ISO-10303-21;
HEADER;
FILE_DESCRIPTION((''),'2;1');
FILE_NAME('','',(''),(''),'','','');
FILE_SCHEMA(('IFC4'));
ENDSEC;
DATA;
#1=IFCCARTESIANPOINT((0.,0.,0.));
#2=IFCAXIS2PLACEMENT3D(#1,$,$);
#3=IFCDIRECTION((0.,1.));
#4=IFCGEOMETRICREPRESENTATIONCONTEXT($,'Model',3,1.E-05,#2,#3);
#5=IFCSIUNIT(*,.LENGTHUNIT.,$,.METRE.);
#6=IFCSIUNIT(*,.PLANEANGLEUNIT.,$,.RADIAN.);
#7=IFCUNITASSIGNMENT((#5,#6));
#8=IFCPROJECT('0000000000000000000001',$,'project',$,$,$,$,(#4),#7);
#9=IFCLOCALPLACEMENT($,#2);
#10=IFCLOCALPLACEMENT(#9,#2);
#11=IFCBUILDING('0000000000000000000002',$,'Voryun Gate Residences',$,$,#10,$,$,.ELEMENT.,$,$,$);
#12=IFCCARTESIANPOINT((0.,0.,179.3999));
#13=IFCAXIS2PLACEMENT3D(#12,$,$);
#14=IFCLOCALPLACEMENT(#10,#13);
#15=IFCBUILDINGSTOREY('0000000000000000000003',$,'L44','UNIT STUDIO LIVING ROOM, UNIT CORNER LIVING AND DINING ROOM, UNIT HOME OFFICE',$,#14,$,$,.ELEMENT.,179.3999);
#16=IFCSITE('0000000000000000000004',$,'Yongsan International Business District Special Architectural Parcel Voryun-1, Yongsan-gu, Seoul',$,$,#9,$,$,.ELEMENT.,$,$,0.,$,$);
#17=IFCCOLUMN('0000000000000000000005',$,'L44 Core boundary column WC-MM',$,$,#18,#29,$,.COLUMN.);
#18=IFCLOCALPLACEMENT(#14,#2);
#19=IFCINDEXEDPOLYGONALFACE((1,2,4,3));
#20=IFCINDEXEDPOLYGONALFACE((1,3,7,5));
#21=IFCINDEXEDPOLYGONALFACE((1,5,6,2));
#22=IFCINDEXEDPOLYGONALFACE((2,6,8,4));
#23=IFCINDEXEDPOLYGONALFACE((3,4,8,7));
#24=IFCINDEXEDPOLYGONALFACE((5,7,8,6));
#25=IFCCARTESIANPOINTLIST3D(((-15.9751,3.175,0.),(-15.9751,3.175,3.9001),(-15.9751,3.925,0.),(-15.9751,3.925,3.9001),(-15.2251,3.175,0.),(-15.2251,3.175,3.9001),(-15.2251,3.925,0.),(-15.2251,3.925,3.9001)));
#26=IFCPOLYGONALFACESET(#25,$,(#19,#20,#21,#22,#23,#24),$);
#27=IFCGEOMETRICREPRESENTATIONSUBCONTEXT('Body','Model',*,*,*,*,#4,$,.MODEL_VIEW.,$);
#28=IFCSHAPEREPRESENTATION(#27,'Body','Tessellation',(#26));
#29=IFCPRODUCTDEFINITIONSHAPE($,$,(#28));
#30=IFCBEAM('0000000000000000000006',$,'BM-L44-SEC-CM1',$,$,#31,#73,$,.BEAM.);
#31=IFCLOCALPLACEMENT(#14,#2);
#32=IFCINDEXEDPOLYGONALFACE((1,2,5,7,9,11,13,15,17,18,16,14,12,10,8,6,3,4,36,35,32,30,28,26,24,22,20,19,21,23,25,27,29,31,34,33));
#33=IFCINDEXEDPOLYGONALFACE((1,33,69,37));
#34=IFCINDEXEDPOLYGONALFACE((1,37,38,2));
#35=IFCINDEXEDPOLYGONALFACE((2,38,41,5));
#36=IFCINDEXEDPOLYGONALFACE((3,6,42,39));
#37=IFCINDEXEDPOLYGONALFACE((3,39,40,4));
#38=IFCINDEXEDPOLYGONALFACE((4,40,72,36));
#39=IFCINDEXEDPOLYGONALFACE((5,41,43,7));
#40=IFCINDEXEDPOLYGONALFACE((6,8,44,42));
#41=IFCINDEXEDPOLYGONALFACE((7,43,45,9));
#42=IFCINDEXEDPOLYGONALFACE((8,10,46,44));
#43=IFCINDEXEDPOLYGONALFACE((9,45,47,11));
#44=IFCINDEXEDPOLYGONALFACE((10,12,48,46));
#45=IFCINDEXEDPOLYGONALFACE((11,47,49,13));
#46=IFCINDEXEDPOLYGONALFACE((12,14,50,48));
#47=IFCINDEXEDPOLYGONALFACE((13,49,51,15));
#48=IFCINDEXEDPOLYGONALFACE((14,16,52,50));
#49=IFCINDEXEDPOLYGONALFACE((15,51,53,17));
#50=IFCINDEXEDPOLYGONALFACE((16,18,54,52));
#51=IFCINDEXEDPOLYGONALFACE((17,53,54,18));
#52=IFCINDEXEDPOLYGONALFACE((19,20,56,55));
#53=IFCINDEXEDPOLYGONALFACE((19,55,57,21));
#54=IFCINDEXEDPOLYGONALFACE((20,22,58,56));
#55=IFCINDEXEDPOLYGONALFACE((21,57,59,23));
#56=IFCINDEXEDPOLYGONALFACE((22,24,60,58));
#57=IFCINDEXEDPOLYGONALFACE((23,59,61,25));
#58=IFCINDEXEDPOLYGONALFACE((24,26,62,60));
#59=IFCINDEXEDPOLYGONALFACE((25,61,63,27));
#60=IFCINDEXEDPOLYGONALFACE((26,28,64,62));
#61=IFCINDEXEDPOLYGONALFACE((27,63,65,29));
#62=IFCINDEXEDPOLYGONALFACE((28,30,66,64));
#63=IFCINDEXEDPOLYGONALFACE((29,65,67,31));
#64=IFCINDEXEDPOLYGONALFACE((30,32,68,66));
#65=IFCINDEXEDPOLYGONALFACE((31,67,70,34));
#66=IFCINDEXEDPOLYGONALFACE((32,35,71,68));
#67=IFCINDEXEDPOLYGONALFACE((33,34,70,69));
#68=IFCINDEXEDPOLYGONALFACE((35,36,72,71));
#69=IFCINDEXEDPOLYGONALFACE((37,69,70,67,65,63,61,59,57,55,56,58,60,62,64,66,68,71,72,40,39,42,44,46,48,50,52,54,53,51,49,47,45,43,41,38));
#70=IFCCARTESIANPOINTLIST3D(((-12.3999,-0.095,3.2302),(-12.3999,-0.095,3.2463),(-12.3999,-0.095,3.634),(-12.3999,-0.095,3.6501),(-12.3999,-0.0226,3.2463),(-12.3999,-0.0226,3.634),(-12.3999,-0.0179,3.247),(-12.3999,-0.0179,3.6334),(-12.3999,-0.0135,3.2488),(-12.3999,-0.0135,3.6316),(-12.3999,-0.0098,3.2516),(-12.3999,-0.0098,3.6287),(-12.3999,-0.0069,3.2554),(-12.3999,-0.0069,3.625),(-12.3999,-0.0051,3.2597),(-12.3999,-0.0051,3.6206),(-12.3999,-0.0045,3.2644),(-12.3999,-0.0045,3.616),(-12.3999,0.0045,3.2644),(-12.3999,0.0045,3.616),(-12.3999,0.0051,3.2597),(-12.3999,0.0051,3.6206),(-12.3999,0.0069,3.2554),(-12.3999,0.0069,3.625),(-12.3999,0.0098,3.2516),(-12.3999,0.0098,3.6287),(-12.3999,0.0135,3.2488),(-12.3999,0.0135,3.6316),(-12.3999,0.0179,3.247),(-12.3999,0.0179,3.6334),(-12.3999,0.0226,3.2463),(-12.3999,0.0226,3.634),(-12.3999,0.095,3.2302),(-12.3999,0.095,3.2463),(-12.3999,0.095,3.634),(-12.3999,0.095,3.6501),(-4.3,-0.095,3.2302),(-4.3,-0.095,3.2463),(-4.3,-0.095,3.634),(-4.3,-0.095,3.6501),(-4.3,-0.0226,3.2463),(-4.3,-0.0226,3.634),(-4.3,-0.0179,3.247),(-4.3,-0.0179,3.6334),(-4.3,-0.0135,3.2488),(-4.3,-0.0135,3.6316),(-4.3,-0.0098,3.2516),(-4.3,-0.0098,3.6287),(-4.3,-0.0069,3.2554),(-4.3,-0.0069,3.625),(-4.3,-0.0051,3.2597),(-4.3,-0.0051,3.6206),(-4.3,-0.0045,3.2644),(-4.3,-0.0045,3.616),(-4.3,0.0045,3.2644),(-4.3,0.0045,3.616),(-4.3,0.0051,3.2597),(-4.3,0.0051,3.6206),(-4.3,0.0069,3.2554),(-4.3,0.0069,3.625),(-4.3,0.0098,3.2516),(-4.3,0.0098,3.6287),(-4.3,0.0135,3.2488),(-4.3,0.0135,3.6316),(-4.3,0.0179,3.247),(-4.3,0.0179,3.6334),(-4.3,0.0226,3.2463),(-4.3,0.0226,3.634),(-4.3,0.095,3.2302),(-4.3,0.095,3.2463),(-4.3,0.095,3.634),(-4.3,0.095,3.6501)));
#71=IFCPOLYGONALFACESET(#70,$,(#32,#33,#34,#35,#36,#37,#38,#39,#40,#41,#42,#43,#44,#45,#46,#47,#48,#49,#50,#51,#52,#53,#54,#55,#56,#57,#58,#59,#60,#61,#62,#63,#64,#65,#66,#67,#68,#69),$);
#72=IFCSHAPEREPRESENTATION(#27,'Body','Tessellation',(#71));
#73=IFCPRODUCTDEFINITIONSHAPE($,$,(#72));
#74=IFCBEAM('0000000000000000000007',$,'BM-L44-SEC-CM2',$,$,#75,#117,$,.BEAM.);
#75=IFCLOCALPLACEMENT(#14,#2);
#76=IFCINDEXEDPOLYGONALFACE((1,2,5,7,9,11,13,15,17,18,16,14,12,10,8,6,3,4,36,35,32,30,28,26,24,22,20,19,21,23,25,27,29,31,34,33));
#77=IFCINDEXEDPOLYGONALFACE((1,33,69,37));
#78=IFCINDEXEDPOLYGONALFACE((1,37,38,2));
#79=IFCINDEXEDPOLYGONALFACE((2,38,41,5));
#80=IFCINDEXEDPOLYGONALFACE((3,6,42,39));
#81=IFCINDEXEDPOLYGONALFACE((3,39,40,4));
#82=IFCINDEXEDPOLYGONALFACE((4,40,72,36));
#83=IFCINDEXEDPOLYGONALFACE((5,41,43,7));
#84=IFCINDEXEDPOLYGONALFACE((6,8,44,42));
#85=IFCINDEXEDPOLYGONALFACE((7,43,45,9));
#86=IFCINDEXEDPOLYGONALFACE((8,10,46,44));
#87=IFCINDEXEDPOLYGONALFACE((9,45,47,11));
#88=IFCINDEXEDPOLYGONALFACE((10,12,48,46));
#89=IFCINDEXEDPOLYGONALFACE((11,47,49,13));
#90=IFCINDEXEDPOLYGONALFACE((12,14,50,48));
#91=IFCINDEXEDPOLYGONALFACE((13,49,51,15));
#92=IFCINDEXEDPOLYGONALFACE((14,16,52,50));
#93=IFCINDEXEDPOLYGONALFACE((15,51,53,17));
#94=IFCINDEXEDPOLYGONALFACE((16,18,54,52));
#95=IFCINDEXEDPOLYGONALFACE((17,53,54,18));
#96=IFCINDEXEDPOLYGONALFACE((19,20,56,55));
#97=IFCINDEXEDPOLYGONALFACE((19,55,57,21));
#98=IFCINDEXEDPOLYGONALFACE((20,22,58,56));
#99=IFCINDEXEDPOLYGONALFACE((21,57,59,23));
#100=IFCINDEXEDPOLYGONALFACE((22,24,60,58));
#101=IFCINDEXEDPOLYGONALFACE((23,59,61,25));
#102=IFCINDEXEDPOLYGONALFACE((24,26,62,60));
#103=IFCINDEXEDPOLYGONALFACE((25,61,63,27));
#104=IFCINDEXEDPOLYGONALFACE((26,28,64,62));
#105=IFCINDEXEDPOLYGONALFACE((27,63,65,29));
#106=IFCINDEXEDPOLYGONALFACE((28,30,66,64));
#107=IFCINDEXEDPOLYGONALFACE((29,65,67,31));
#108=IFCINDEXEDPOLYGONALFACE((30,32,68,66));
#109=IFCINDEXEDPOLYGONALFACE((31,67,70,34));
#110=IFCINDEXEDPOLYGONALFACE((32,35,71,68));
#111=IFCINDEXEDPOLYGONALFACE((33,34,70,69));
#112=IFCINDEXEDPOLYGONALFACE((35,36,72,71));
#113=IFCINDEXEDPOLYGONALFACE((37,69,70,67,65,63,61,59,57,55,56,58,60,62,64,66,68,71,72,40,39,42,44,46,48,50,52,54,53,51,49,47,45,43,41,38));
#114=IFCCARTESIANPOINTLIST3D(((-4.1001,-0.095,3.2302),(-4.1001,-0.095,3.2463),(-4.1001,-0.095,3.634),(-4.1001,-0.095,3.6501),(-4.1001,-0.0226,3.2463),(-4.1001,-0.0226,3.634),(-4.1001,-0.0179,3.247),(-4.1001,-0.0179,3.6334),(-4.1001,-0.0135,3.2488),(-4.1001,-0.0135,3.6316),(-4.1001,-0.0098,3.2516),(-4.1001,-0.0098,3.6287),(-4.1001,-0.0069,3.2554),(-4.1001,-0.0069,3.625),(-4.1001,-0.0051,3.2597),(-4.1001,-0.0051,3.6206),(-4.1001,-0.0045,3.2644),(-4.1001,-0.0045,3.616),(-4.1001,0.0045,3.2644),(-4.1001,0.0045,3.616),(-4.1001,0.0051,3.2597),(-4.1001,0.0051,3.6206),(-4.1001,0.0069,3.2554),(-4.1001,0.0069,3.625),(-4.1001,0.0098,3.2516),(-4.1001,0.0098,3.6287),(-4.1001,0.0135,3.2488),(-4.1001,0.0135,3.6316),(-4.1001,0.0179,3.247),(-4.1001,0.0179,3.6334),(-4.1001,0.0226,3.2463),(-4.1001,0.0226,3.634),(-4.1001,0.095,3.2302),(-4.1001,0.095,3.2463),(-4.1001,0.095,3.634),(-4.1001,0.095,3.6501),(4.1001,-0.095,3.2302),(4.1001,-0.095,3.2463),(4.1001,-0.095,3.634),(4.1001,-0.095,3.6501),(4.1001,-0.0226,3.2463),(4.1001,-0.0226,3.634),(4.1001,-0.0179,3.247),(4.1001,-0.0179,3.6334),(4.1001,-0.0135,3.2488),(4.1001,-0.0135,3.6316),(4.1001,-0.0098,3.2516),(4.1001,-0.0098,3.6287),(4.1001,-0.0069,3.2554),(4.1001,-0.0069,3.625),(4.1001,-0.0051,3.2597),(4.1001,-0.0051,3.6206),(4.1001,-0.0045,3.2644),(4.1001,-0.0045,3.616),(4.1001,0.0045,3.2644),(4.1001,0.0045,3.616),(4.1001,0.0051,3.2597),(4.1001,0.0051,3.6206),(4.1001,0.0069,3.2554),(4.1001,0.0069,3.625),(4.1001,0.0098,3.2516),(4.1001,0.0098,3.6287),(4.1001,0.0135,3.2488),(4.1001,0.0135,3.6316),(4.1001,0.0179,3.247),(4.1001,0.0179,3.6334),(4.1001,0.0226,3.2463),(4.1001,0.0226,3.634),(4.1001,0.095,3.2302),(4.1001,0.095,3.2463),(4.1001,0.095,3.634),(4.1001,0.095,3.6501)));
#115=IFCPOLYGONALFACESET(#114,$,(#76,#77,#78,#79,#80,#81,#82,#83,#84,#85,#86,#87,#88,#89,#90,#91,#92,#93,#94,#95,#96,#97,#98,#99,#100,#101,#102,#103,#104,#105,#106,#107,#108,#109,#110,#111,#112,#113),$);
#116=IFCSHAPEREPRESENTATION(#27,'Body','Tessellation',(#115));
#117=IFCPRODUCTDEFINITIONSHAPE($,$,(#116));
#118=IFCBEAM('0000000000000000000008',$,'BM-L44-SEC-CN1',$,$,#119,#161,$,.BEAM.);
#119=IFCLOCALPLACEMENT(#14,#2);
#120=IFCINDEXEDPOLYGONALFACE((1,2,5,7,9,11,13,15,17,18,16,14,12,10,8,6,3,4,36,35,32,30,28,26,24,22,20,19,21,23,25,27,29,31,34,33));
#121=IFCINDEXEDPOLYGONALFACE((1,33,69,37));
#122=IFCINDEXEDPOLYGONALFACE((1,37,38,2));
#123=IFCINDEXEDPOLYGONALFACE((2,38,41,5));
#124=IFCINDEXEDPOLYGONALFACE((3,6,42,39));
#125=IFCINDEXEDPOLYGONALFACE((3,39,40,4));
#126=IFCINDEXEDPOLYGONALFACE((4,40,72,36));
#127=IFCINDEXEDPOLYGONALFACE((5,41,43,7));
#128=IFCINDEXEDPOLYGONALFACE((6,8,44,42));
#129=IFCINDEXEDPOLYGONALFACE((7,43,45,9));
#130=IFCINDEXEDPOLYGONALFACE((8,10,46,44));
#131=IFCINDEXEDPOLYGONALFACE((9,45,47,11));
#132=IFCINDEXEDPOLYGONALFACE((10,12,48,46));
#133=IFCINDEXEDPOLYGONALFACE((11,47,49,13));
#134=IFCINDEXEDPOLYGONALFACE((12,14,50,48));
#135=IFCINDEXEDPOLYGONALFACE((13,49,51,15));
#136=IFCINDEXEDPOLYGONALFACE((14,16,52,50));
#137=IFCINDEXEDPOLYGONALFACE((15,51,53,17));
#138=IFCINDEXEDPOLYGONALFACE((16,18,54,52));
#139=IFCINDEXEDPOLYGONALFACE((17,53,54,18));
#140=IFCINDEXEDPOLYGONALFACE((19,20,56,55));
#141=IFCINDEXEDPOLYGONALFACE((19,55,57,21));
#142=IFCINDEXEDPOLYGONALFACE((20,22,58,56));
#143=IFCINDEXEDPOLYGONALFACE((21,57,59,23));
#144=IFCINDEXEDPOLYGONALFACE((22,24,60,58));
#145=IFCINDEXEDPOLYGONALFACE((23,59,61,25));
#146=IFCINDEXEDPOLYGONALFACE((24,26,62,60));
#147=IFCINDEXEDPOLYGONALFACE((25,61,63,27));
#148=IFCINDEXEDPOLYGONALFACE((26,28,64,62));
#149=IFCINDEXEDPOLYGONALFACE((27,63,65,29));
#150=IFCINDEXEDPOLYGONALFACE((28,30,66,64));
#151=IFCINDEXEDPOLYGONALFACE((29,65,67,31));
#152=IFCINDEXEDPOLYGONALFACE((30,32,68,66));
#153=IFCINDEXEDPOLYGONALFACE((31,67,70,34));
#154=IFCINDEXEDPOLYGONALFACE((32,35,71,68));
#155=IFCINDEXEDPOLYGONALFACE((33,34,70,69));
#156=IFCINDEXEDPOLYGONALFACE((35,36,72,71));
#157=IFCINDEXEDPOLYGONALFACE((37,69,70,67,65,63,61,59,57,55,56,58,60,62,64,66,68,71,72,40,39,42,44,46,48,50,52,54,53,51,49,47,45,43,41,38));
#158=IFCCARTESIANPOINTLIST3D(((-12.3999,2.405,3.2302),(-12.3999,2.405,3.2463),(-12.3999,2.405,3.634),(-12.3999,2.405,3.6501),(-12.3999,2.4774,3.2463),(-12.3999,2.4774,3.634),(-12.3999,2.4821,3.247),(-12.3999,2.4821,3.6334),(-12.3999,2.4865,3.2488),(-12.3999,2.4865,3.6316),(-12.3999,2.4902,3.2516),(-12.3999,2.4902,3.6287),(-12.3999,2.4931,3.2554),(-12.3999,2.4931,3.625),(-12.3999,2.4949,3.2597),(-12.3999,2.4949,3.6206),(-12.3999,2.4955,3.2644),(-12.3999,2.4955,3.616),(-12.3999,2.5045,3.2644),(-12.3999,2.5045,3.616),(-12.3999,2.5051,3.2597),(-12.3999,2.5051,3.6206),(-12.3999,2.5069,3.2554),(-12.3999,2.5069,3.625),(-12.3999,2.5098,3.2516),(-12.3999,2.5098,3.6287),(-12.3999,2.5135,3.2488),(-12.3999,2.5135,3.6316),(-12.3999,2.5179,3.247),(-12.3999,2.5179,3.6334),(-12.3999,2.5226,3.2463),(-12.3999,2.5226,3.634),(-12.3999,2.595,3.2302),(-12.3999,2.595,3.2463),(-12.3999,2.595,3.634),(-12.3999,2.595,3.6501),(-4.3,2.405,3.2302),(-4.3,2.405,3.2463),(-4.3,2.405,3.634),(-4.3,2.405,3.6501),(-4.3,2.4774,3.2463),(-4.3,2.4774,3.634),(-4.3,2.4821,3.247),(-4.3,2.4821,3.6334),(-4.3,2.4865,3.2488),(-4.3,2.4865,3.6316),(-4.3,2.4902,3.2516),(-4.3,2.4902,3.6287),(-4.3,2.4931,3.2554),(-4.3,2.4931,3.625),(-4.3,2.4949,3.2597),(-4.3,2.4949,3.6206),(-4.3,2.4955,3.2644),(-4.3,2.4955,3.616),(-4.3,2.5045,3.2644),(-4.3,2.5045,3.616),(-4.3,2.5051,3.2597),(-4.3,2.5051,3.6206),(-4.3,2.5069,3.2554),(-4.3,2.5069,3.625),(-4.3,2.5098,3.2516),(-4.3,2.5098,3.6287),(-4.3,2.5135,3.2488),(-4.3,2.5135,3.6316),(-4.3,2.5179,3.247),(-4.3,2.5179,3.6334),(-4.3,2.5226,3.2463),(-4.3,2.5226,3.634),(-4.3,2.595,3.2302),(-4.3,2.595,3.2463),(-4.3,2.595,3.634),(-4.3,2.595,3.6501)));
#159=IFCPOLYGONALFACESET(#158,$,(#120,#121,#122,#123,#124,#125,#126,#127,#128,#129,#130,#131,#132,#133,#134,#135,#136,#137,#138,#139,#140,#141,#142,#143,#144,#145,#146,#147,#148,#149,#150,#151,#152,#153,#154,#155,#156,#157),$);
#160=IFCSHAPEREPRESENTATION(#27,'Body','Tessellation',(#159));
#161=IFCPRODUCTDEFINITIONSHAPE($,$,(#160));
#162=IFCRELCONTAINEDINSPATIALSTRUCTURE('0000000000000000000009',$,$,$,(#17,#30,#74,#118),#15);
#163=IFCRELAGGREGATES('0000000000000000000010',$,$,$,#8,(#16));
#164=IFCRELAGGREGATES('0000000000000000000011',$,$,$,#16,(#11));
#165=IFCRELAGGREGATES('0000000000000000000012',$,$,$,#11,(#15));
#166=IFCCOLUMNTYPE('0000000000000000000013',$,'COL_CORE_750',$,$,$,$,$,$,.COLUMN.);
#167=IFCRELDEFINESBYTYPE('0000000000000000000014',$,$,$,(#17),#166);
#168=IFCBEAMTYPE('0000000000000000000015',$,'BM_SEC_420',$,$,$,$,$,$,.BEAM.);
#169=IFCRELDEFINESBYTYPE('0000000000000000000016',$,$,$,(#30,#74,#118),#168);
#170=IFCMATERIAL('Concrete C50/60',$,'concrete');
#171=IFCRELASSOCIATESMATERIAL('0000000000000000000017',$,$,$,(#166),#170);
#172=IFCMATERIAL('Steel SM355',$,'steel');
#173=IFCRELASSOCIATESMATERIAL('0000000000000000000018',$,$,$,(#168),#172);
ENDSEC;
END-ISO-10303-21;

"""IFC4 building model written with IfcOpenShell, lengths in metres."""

from ifc_helpers import new_model, si_unit, direction, frame, origin, origin_2d, place, context, subcontext, project, spatial, rectangle, i_section, extrude, material, material_profile, profile_set, type_object, element, save


model = new_model("IFC4")

# Units and contexts
model_context = context("Model", 3, precision=1e-05, world=origin(), true_north=direction((0.0, 1.0)))
body_context = subcontext(model_context, "Body", "Model", "MODEL_VIEW")
ifc_project = project(units=[si_unit("LENGTHUNIT", "METRE"), si_unit("PLANEANGLEUNIT", "RADIAN")], contexts=[model_context])

# Site, building, storey
site_placement = place(None, origin())
site = spatial("IfcSite", under=ifc_project, at=site_placement, Name="Yongsan International Business District Special Architectural Parcel Voryun-1, Yongsan-gu, Seoul", CompositionType="ELEMENT", RefElevation=0.0)
building_placement = place(site_placement, origin())
building = spatial("IfcBuilding", under=site, at=building_placement, Name="Voryun Gate Residences", CompositionType="ELEMENT")
storey_placement = place(building_placement, frame((0.0, 0.0, 179.3999)))
storey = spatial("IfcBuildingStorey", under=building, at=storey_placement, Name="L44", Description="UNIT STUDIO LIVING ROOM, UNIT CORNER LIVING AND DINING ROOM, UNIT HOME OFFICE", CompositionType="ELEMENT", Elevation=179.3999)

# Column
ifc_material_1 = material(Name="Concrete C50/60", Category="concrete")
ifc_material_profile_1 = material_profile(ifc_material_1, rectangle(XDim=0.75, YDim=0.75, at=origin_2d()), Name="RC-750x750")
ifc_profile_set_1 = profile_set([ifc_material_profile_1], Name="Concrete C50/60")
column_type = type_object("IfcColumnType", Name="COL_CORE_750", PredefinedType="COLUMN", material=ifc_profile_set_1)
column_placement = place(storey_placement, frame((-15.6001, 3.55, 0.0), z_axis=(0.0, 0.0, 1.0), x_axis=(1.0, 0.0, 0.0)))
element("IfcColumn", 1, at=column_placement, inside=storey, type_object=column_type, Name="L44 Core boundary column WC-MM", PredefinedType="COLUMN", context=body_context, shape_type="SweptSolid", body=[
    extrude(rectangle(XDim=0.75, YDim=0.75, at=origin_2d()), origin(), (0.0, 0.0, 1.0), 3.9001),
])

# Beams
ifc_material_2 = material(Name="Steel SM355", Category="steel")
ifc_material_profile_2 = material_profile(ifc_material_2, i_section(OverallWidth=0.1899, OverallDepth=0.4199, WebThickness=0.009, FlangeThickness=0.0161, FilletRadius=0.0181, at=origin_2d()), Name="H-420x190x9x16")
ifc_profile_set_2 = profile_set([ifc_material_profile_2], Name="Steel SM355")
beam_type = type_object("IfcBeamType", Name="BM_SEC_420", PredefinedType="BEAM", material=ifc_profile_set_2)
beam_1_placement = place(storey_placement, frame((-12.3999, 0.0, 3.4402), z_axis=(1.0, 0.0, 0.0), x_axis=(0.0, 1.0, 0.0)))
element("IfcBeam", 2, at=beam_1_placement, inside=storey, type_object=beam_type, Name="BM-L44-SEC-CM1", PredefinedType="BEAM", context=body_context, shape_type="SweptSolid", body=[
    extrude(i_section(OverallWidth=0.1899, OverallDepth=0.4199, WebThickness=0.009, FlangeThickness=0.0161, FilletRadius=0.0181, at=origin_2d()), origin(), (0.0, 0.0, 1.0), 8.0999),
])
beam_2_placement = place(storey_placement, frame((-4.1001, 0.0, 3.4402), z_axis=(1.0, 0.0, 0.0), x_axis=(0.0, 1.0, 0.0)))
element("IfcBeam", 3, at=beam_2_placement, inside=storey, type_object=beam_type, Name="BM-L44-SEC-CM2", PredefinedType="BEAM", context=body_context, shape_type="SweptSolid", body=[
    extrude(i_section(OverallWidth=0.1899, OverallDepth=0.4199, WebThickness=0.009, FlangeThickness=0.0161, FilletRadius=0.0181, at=origin_2d()), origin(), (0.0, 0.0, 1.0), 8.2002),
])
beam_3_placement = place(storey_placement, frame((-12.3999, 2.5, 3.4402), z_axis=(1.0, 0.0, 0.0), x_axis=(0.0, 1.0, 0.0)))
element("IfcBeam", 4, at=beam_3_placement, inside=storey, type_object=beam_type, Name="BM-L44-SEC-CN1", PredefinedType="BEAM", context=body_context, shape_type="SweptSolid", body=[
    extrude(i_section(OverallWidth=0.1899, OverallDepth=0.4199, WebThickness=0.009, FlangeThickness=0.0161, FilletRadius=0.0181, at=origin_2d()), origin(), (0.0, 0.0, 1.0), 8.0999),
])

save(model, "model.ifc")
